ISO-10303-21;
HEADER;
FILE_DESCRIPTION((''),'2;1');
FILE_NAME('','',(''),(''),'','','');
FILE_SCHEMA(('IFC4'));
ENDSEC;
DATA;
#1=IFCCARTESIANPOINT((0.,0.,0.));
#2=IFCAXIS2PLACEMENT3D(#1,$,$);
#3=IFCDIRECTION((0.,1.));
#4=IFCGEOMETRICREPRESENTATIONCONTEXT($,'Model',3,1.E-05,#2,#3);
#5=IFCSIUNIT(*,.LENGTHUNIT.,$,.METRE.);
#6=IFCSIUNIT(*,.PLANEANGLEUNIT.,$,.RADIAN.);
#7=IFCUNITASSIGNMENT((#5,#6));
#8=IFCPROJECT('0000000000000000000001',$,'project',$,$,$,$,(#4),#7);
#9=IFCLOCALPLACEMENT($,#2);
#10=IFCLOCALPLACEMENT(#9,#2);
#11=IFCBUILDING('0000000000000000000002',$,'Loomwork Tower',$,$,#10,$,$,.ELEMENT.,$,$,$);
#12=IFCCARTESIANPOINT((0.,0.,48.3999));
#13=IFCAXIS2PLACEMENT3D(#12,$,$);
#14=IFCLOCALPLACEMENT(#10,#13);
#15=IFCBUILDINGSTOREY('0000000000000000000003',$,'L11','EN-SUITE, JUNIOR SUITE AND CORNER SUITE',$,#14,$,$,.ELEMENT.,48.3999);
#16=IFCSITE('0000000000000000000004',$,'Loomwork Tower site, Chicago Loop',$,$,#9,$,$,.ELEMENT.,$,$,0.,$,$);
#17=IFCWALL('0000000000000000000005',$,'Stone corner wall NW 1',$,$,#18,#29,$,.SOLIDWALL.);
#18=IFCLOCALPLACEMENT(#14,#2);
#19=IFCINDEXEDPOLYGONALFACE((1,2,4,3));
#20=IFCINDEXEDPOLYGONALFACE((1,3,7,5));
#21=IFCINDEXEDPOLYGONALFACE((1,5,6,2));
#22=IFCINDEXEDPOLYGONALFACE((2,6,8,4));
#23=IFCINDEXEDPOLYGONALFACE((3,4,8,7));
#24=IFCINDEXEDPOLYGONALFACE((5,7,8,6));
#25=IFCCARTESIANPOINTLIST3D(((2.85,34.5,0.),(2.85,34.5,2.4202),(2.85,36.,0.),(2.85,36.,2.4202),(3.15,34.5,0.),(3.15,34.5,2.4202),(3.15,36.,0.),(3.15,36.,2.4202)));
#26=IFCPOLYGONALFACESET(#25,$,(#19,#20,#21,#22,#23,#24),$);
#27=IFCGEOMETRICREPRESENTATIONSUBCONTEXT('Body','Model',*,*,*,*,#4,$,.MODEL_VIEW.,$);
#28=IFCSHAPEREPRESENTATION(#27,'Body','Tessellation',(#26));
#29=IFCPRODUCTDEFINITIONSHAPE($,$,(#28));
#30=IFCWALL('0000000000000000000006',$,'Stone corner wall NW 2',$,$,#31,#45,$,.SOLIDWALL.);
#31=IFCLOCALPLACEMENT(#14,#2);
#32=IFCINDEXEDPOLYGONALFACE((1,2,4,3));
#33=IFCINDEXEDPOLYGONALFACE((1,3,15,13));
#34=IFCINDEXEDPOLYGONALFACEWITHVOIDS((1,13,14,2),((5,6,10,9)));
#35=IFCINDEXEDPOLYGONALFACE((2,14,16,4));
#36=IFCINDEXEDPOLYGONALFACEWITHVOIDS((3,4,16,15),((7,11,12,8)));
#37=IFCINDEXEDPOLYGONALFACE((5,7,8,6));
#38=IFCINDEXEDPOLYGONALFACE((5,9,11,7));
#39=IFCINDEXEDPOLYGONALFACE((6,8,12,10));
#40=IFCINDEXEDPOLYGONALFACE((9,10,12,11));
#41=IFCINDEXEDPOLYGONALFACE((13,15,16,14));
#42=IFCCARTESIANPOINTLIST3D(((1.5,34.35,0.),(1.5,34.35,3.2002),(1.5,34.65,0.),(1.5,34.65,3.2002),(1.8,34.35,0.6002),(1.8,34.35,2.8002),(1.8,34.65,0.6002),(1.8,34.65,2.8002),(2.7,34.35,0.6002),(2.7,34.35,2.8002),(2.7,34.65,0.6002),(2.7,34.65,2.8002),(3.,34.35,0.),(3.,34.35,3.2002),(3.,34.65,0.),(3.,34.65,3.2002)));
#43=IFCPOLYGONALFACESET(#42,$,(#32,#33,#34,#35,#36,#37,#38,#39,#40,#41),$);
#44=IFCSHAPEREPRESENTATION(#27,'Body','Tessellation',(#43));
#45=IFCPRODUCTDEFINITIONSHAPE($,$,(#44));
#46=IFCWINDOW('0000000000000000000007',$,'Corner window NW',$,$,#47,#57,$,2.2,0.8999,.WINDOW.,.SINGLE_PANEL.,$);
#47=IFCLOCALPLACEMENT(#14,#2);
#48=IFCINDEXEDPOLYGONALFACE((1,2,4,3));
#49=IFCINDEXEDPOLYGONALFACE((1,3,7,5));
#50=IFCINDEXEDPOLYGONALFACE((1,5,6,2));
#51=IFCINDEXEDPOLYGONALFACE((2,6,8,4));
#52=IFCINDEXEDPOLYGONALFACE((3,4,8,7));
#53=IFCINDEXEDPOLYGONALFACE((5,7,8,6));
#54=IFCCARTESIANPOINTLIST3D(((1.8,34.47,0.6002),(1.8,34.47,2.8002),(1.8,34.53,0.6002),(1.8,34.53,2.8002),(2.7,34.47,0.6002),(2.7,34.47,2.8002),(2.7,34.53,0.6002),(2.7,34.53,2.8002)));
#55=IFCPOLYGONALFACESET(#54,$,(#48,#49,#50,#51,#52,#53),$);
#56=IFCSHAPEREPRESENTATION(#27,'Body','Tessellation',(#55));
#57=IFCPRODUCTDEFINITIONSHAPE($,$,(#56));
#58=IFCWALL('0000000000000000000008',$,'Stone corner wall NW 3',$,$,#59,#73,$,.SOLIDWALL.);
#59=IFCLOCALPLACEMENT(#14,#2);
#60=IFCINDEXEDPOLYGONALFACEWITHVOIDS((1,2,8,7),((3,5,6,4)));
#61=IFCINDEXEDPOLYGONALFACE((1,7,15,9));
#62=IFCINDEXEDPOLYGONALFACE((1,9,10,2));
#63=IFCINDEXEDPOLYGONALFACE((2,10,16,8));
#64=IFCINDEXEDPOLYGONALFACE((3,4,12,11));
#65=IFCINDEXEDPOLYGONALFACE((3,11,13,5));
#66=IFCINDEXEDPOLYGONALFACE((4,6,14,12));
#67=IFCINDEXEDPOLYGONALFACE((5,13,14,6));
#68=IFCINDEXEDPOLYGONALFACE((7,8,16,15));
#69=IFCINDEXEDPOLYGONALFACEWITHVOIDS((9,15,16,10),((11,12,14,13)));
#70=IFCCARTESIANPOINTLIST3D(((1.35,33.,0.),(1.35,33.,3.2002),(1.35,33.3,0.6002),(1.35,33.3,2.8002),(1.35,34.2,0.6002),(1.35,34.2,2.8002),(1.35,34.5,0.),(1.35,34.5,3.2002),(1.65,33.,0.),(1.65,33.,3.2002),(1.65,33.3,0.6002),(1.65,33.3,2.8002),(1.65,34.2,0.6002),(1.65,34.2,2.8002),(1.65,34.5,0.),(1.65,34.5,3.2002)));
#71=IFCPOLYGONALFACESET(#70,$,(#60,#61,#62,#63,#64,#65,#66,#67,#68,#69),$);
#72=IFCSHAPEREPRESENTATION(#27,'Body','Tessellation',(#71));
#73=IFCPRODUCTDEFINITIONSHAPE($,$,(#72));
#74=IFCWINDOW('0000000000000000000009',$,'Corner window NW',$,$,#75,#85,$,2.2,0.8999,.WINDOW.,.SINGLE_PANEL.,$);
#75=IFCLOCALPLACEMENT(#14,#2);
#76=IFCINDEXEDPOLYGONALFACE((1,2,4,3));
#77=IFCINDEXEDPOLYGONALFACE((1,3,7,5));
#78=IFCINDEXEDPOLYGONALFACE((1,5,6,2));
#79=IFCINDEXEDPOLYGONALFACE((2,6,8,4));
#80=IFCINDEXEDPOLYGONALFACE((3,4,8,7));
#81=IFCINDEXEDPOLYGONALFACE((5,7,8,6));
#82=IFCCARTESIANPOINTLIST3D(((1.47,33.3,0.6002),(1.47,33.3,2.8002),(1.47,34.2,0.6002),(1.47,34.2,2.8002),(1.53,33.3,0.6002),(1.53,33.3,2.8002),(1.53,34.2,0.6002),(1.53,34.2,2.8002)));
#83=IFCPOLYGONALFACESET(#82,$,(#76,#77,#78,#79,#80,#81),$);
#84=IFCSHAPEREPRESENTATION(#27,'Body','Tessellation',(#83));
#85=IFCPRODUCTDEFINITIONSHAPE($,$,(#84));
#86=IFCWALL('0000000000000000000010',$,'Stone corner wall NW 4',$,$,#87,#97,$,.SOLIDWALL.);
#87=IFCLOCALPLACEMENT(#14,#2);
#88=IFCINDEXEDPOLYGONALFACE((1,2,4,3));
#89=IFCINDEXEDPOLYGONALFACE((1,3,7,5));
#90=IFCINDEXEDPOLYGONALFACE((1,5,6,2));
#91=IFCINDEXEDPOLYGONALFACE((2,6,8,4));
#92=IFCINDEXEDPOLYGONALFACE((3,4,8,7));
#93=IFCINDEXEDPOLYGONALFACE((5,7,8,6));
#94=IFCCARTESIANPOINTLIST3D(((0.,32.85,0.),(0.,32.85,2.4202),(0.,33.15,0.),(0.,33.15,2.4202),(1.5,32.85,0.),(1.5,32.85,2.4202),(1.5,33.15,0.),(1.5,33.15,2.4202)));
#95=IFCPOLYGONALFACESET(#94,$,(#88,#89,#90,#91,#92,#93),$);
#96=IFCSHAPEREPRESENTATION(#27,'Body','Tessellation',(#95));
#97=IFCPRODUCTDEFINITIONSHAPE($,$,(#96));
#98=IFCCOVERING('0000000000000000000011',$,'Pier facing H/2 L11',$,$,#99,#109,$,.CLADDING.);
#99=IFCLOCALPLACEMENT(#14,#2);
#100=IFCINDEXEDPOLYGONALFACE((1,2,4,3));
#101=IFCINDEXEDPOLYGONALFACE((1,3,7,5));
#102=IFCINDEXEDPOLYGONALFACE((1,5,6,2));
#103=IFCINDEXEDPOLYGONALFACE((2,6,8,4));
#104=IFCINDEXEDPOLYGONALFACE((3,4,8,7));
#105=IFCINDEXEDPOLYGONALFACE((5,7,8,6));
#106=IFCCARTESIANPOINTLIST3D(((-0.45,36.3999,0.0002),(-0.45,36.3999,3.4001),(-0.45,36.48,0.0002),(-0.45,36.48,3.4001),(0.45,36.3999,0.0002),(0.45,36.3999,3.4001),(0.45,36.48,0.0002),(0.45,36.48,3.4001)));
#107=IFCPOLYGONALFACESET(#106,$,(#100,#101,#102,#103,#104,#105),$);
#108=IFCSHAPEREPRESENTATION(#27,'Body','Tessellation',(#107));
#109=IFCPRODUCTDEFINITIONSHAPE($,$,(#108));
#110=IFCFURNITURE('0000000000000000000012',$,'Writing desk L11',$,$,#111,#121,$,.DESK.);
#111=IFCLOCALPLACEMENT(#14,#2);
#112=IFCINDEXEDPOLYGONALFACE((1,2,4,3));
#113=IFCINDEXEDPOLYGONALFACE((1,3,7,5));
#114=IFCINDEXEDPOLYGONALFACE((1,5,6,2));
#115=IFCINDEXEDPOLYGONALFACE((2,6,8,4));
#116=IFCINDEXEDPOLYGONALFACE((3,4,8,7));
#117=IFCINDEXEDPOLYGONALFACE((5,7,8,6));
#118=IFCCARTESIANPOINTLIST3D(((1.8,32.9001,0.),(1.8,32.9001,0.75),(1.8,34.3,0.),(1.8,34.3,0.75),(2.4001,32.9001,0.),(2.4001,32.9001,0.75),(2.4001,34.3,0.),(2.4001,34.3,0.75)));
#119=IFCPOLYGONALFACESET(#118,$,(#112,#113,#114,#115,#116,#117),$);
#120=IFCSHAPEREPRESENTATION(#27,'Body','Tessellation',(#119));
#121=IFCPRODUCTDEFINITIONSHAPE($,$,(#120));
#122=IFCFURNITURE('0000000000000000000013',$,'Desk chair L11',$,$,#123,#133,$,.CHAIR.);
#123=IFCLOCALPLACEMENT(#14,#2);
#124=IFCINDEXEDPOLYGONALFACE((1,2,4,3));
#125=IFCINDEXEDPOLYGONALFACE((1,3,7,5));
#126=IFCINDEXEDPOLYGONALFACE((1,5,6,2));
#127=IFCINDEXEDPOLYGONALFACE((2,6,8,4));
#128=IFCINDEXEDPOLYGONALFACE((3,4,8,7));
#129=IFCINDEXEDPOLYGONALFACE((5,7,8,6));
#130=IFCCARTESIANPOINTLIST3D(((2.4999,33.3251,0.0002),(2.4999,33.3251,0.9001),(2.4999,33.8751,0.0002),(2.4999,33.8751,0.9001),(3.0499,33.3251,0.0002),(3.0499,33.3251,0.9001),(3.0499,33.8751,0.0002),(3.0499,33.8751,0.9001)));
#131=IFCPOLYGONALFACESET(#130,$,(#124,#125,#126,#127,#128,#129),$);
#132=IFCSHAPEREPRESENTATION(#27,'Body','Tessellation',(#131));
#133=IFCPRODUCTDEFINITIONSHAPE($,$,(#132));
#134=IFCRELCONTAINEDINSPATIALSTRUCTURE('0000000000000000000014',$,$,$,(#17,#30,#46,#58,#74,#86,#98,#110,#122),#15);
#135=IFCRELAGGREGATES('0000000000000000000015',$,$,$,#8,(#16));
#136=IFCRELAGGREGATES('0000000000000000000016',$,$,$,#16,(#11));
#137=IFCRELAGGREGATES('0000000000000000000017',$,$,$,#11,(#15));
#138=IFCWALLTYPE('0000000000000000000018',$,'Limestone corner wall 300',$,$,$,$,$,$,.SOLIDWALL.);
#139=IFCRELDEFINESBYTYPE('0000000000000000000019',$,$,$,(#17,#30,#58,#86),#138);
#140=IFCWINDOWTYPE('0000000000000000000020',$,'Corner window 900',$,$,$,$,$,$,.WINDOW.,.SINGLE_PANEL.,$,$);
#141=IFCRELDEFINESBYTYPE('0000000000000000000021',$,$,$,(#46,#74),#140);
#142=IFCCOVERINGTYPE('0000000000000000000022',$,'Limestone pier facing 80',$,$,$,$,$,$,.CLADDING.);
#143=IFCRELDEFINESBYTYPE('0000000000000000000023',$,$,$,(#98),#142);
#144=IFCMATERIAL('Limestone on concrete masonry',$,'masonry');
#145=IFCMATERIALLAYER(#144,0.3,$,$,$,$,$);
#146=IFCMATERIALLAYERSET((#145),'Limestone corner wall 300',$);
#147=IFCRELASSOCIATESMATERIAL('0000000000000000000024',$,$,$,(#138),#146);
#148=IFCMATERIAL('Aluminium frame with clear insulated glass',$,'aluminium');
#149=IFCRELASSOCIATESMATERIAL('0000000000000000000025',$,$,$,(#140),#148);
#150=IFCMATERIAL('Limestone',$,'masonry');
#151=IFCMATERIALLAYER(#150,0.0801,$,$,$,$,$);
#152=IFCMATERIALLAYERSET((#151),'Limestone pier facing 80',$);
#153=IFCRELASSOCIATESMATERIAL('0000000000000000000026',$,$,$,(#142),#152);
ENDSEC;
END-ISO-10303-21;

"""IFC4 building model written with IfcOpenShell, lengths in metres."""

from ifc_helpers import new_model, si_unit, direction, frame, frame_2d, origin, origin_2d, place, context, subcontext, project, spatial, rectangle, extrude, material, layer, layer_set, type_object, element, fill, save


model = new_model("IFC4")

# Units and contexts
model_context = context("Model", 3, precision=1e-05, world=origin(), true_north=direction((0.0, 1.0)))
body_context = subcontext(model_context, "Body", "Model", "MODEL_VIEW")
ifc_project = project(units=[si_unit("LENGTHUNIT", "METRE"), si_unit("PLANEANGLEUNIT", "RADIAN")], contexts=[model_context])

# Site, building, storey
site_placement = place(None, origin())
site = spatial("IfcSite", under=ifc_project, at=site_placement, Name="Loomwork Tower site, Chicago Loop", CompositionType="ELEMENT", RefElevation=0.0)
building_placement = place(site_placement, origin())
building = spatial("IfcBuilding", under=site, at=building_placement, Name="Loomwork Tower", CompositionType="ELEMENT")
storey_placement = place(building_placement, frame((0.0, 0.0, 48.3999)))
storey = spatial("IfcBuildingStorey", under=building, at=storey_placement, Name="L11", Description="EN-SUITE, JUNIOR SUITE AND CORNER SUITE", CompositionType="ELEMENT", Elevation=48.3999)

# Wall
ifc_material_1 = material(Name="Limestone on concrete masonry", Category="masonry")
ifc_layer_1 = layer(ifc_material_1, 0.3)
ifc_layer_set_1 = layer_set([ifc_layer_1], Name="Limestone corner wall 300")
wall_type_1 = type_object("IfcWallType", Name="Limestone corner wall 300", PredefinedType="SOLIDWALL", material=ifc_layer_set_1)
wall_1_placement = place(storey_placement, frame((3.0, 36.0, 0.0), z_axis=(0.0, 0.0, 1.0), x_axis=(0.0, -1.0, 0.0)))
element("IfcWall", 1, at=wall_1_placement, inside=storey, type_object=wall_type_1, Name="Stone corner wall NW 1", PredefinedType="SOLIDWALL", context=body_context, shape_type="SweptSolid", body=[
    extrude(rectangle(XDim=1.5, YDim=0.3, at=frame_2d((0.75, 0.0))), origin(), (0.0, 0.0, 1.0), 2.4202),
])

# Walls, openings, windows
wall_2_placement = place(storey_placement, frame((3.0, 34.5, 0.0), z_axis=(0.0, 0.0, 1.0), x_axis=(-1.0, 0.0, 0.0)))
wall_2 = element("IfcWall", 2, at=wall_2_placement, inside=storey, type_object=wall_type_1, Name="Stone corner wall NW 2", PredefinedType="SOLIDWALL", context=body_context, shape_type="SweptSolid", body=[
    extrude(rectangle(XDim=1.5, YDim=0.3, at=frame_2d((0.75, 0.0))), origin(), (0.0, 0.0, 1.0), 3.2002),
])
opening_1_placement = place(wall_2_placement, frame((0.3, 0.0, 0.6001)))
opening_1 = element("IfcOpeningElement", 3, at=opening_1_placement, cuts=wall_2, PredefinedType="OPENING", context=body_context, shape_type="SweptSolid", body=[
    extrude(rectangle(XDim=0.8999, YDim=2.2, at=frame_2d((0.45, 1.1001))), frame((0.0, 0.1599, 0.0), z_axis=(0.0, -1.0, 0.0), x_axis=(1.0, 0.0, 0.0)), (0.0, 0.0, 1.0), 0.3201),
])
ifc_material_2 = material(Name="Aluminium frame with clear insulated glass", Category="aluminium")
window_type_1 = type_object("IfcWindowType", Name="Corner window 900", PartitioningType="SINGLE_PANEL", PredefinedType="WINDOW", material=ifc_material_2)
window_1_placement = place(opening_1_placement, origin())
window_1 = element("IfcWindow", 4, at=window_1_placement, inside=storey, type_object=window_type_1, Name="Corner window NW", OverallHeight=2.2, OverallWidth=0.8999, PartitioningType="SINGLE_PANEL", PredefinedType="WINDOW", context=body_context, shape_type="SweptSolid", body=[
    extrude(rectangle(XDim=0.8999, YDim=2.2, at=frame_2d((0.45, 1.1001))), frame((0.0, 0.03, 0.0), z_axis=(0.0, -1.0, 0.0), x_axis=(1.0, 0.0, 0.0)), (0.0, 0.0, 1.0), 0.0601),
])
fill(opening_1, window_1)
wall_3_placement = place(storey_placement, frame((1.5, 34.5, 0.0), z_axis=(0.0, 0.0, 1.0), x_axis=(0.0, -1.0, 0.0)))
wall_3 = element("IfcWall", 5, at=wall_3_placement, inside=storey, type_object=wall_type_1, Name="Stone corner wall NW 3", PredefinedType="SOLIDWALL", context=body_context, shape_type="SweptSolid", body=[
    extrude(rectangle(XDim=1.5, YDim=0.3, at=frame_2d((0.75, 0.0))), origin(), (0.0, 0.0, 1.0), 3.2002),
])
opening_2_placement = place(wall_3_placement, frame((0.3, 0.0, 0.6001)))
opening_2 = element("IfcOpeningElement", 6, at=opening_2_placement, cuts=wall_3, PredefinedType="OPENING", context=body_context, shape_type="SweptSolid", body=[
    extrude(rectangle(XDim=0.8999, YDim=2.2, at=frame_2d((0.45, 1.1001))), frame((0.0, 0.1599, 0.0), z_axis=(0.0, -1.0, 0.0), x_axis=(1.0, 0.0, 0.0)), (0.0, 0.0, 1.0), 0.3201),
])
window_2_placement = place(opening_2_placement, origin())
window_2 = element("IfcWindow", 7, at=window_2_placement, inside=storey, type_object=window_type_1, Name="Corner window NW", OverallHeight=2.2, OverallWidth=0.8999, PartitioningType="SINGLE_PANEL", PredefinedType="WINDOW", context=body_context, shape_type="SweptSolid", body=[
    extrude(rectangle(XDim=0.8999, YDim=2.2, at=frame_2d((0.45, 1.1001))), frame((0.0, 0.03, 0.0), z_axis=(0.0, -1.0, 0.0), x_axis=(1.0, 0.0, 0.0)), (0.0, 0.0, 1.0), 0.0601),
])
fill(opening_2, window_2)

# Wall
wall_4_placement = place(storey_placement, frame((1.5, 33.0, 0.0), z_axis=(0.0, 0.0, 1.0), x_axis=(-1.0, 0.0, 0.0)))
element("IfcWall", 8, at=wall_4_placement, inside=storey, type_object=wall_type_1, Name="Stone corner wall NW 4", PredefinedType="SOLIDWALL", context=body_context, shape_type="SweptSolid", body=[
    extrude(rectangle(XDim=1.5, YDim=0.3, at=frame_2d((0.75, 0.0))), origin(), (0.0, 0.0, 1.0), 2.4202),
])

# Covering
ifc_material_3 = material(Name="Limestone", Category="masonry")
ifc_layer_2 = layer(ifc_material_3, 0.0801)
ifc_layer_set_2 = layer_set([ifc_layer_2], Name="Limestone pier facing 80")
covering_type = type_object("IfcCoveringType", Name="Limestone pier facing 80", PredefinedType="CLADDING", material=ifc_layer_set_2)
covering_placement = place(storey_placement, frame((0.0, 36.4399, 0.0002), z_axis=(0.0, 0.0, 1.0), x_axis=(1.0, 0.0, 0.0)))
element("IfcCovering", 9, at=covering_placement, inside=storey, type_object=covering_type, Name="Pier facing H/2 L11", PredefinedType="CLADDING", context=body_context, shape_type="SweptSolid", body=[
    extrude(rectangle(XDim=0.8999, YDim=0.0801, at=origin_2d()), origin(), (0.0, 0.0, 1.0), 3.3999),
])

# Furniture
furniture_1_placement = place(storey_placement, frame((2.1001, 33.6001, 0.0), z_axis=(0.0, 0.0, 1.0), x_axis=(1.0, 0.0, 0.0)))
element("IfcFurniture", 10, at=furniture_1_placement, inside=storey, Name="Writing desk L11", PredefinedType="DESK", context=body_context, shape_type="SweptSolid", body=[
    extrude(rectangle(XDim=0.6001, YDim=1.3999, at=origin_2d()), origin(), (0.0, 0.0, 1.0), 0.75),
])
furniture_2_placement = place(storey_placement, frame((2.7749, 33.6001, 0.0002), z_axis=(0.0, 0.0, 1.0), x_axis=(1.0, 0.0, 0.0)))
element("IfcFurniture", 11, at=furniture_2_placement, inside=storey, Name="Desk chair L11", PredefinedType="CHAIR", context=body_context, shape_type="SweptSolid", body=[
    extrude(rectangle(XDim=0.55, YDim=0.55, at=origin_2d()), origin(), (0.0, 0.0, 1.0), 0.8999),
])

save(model, "model.ifc")
